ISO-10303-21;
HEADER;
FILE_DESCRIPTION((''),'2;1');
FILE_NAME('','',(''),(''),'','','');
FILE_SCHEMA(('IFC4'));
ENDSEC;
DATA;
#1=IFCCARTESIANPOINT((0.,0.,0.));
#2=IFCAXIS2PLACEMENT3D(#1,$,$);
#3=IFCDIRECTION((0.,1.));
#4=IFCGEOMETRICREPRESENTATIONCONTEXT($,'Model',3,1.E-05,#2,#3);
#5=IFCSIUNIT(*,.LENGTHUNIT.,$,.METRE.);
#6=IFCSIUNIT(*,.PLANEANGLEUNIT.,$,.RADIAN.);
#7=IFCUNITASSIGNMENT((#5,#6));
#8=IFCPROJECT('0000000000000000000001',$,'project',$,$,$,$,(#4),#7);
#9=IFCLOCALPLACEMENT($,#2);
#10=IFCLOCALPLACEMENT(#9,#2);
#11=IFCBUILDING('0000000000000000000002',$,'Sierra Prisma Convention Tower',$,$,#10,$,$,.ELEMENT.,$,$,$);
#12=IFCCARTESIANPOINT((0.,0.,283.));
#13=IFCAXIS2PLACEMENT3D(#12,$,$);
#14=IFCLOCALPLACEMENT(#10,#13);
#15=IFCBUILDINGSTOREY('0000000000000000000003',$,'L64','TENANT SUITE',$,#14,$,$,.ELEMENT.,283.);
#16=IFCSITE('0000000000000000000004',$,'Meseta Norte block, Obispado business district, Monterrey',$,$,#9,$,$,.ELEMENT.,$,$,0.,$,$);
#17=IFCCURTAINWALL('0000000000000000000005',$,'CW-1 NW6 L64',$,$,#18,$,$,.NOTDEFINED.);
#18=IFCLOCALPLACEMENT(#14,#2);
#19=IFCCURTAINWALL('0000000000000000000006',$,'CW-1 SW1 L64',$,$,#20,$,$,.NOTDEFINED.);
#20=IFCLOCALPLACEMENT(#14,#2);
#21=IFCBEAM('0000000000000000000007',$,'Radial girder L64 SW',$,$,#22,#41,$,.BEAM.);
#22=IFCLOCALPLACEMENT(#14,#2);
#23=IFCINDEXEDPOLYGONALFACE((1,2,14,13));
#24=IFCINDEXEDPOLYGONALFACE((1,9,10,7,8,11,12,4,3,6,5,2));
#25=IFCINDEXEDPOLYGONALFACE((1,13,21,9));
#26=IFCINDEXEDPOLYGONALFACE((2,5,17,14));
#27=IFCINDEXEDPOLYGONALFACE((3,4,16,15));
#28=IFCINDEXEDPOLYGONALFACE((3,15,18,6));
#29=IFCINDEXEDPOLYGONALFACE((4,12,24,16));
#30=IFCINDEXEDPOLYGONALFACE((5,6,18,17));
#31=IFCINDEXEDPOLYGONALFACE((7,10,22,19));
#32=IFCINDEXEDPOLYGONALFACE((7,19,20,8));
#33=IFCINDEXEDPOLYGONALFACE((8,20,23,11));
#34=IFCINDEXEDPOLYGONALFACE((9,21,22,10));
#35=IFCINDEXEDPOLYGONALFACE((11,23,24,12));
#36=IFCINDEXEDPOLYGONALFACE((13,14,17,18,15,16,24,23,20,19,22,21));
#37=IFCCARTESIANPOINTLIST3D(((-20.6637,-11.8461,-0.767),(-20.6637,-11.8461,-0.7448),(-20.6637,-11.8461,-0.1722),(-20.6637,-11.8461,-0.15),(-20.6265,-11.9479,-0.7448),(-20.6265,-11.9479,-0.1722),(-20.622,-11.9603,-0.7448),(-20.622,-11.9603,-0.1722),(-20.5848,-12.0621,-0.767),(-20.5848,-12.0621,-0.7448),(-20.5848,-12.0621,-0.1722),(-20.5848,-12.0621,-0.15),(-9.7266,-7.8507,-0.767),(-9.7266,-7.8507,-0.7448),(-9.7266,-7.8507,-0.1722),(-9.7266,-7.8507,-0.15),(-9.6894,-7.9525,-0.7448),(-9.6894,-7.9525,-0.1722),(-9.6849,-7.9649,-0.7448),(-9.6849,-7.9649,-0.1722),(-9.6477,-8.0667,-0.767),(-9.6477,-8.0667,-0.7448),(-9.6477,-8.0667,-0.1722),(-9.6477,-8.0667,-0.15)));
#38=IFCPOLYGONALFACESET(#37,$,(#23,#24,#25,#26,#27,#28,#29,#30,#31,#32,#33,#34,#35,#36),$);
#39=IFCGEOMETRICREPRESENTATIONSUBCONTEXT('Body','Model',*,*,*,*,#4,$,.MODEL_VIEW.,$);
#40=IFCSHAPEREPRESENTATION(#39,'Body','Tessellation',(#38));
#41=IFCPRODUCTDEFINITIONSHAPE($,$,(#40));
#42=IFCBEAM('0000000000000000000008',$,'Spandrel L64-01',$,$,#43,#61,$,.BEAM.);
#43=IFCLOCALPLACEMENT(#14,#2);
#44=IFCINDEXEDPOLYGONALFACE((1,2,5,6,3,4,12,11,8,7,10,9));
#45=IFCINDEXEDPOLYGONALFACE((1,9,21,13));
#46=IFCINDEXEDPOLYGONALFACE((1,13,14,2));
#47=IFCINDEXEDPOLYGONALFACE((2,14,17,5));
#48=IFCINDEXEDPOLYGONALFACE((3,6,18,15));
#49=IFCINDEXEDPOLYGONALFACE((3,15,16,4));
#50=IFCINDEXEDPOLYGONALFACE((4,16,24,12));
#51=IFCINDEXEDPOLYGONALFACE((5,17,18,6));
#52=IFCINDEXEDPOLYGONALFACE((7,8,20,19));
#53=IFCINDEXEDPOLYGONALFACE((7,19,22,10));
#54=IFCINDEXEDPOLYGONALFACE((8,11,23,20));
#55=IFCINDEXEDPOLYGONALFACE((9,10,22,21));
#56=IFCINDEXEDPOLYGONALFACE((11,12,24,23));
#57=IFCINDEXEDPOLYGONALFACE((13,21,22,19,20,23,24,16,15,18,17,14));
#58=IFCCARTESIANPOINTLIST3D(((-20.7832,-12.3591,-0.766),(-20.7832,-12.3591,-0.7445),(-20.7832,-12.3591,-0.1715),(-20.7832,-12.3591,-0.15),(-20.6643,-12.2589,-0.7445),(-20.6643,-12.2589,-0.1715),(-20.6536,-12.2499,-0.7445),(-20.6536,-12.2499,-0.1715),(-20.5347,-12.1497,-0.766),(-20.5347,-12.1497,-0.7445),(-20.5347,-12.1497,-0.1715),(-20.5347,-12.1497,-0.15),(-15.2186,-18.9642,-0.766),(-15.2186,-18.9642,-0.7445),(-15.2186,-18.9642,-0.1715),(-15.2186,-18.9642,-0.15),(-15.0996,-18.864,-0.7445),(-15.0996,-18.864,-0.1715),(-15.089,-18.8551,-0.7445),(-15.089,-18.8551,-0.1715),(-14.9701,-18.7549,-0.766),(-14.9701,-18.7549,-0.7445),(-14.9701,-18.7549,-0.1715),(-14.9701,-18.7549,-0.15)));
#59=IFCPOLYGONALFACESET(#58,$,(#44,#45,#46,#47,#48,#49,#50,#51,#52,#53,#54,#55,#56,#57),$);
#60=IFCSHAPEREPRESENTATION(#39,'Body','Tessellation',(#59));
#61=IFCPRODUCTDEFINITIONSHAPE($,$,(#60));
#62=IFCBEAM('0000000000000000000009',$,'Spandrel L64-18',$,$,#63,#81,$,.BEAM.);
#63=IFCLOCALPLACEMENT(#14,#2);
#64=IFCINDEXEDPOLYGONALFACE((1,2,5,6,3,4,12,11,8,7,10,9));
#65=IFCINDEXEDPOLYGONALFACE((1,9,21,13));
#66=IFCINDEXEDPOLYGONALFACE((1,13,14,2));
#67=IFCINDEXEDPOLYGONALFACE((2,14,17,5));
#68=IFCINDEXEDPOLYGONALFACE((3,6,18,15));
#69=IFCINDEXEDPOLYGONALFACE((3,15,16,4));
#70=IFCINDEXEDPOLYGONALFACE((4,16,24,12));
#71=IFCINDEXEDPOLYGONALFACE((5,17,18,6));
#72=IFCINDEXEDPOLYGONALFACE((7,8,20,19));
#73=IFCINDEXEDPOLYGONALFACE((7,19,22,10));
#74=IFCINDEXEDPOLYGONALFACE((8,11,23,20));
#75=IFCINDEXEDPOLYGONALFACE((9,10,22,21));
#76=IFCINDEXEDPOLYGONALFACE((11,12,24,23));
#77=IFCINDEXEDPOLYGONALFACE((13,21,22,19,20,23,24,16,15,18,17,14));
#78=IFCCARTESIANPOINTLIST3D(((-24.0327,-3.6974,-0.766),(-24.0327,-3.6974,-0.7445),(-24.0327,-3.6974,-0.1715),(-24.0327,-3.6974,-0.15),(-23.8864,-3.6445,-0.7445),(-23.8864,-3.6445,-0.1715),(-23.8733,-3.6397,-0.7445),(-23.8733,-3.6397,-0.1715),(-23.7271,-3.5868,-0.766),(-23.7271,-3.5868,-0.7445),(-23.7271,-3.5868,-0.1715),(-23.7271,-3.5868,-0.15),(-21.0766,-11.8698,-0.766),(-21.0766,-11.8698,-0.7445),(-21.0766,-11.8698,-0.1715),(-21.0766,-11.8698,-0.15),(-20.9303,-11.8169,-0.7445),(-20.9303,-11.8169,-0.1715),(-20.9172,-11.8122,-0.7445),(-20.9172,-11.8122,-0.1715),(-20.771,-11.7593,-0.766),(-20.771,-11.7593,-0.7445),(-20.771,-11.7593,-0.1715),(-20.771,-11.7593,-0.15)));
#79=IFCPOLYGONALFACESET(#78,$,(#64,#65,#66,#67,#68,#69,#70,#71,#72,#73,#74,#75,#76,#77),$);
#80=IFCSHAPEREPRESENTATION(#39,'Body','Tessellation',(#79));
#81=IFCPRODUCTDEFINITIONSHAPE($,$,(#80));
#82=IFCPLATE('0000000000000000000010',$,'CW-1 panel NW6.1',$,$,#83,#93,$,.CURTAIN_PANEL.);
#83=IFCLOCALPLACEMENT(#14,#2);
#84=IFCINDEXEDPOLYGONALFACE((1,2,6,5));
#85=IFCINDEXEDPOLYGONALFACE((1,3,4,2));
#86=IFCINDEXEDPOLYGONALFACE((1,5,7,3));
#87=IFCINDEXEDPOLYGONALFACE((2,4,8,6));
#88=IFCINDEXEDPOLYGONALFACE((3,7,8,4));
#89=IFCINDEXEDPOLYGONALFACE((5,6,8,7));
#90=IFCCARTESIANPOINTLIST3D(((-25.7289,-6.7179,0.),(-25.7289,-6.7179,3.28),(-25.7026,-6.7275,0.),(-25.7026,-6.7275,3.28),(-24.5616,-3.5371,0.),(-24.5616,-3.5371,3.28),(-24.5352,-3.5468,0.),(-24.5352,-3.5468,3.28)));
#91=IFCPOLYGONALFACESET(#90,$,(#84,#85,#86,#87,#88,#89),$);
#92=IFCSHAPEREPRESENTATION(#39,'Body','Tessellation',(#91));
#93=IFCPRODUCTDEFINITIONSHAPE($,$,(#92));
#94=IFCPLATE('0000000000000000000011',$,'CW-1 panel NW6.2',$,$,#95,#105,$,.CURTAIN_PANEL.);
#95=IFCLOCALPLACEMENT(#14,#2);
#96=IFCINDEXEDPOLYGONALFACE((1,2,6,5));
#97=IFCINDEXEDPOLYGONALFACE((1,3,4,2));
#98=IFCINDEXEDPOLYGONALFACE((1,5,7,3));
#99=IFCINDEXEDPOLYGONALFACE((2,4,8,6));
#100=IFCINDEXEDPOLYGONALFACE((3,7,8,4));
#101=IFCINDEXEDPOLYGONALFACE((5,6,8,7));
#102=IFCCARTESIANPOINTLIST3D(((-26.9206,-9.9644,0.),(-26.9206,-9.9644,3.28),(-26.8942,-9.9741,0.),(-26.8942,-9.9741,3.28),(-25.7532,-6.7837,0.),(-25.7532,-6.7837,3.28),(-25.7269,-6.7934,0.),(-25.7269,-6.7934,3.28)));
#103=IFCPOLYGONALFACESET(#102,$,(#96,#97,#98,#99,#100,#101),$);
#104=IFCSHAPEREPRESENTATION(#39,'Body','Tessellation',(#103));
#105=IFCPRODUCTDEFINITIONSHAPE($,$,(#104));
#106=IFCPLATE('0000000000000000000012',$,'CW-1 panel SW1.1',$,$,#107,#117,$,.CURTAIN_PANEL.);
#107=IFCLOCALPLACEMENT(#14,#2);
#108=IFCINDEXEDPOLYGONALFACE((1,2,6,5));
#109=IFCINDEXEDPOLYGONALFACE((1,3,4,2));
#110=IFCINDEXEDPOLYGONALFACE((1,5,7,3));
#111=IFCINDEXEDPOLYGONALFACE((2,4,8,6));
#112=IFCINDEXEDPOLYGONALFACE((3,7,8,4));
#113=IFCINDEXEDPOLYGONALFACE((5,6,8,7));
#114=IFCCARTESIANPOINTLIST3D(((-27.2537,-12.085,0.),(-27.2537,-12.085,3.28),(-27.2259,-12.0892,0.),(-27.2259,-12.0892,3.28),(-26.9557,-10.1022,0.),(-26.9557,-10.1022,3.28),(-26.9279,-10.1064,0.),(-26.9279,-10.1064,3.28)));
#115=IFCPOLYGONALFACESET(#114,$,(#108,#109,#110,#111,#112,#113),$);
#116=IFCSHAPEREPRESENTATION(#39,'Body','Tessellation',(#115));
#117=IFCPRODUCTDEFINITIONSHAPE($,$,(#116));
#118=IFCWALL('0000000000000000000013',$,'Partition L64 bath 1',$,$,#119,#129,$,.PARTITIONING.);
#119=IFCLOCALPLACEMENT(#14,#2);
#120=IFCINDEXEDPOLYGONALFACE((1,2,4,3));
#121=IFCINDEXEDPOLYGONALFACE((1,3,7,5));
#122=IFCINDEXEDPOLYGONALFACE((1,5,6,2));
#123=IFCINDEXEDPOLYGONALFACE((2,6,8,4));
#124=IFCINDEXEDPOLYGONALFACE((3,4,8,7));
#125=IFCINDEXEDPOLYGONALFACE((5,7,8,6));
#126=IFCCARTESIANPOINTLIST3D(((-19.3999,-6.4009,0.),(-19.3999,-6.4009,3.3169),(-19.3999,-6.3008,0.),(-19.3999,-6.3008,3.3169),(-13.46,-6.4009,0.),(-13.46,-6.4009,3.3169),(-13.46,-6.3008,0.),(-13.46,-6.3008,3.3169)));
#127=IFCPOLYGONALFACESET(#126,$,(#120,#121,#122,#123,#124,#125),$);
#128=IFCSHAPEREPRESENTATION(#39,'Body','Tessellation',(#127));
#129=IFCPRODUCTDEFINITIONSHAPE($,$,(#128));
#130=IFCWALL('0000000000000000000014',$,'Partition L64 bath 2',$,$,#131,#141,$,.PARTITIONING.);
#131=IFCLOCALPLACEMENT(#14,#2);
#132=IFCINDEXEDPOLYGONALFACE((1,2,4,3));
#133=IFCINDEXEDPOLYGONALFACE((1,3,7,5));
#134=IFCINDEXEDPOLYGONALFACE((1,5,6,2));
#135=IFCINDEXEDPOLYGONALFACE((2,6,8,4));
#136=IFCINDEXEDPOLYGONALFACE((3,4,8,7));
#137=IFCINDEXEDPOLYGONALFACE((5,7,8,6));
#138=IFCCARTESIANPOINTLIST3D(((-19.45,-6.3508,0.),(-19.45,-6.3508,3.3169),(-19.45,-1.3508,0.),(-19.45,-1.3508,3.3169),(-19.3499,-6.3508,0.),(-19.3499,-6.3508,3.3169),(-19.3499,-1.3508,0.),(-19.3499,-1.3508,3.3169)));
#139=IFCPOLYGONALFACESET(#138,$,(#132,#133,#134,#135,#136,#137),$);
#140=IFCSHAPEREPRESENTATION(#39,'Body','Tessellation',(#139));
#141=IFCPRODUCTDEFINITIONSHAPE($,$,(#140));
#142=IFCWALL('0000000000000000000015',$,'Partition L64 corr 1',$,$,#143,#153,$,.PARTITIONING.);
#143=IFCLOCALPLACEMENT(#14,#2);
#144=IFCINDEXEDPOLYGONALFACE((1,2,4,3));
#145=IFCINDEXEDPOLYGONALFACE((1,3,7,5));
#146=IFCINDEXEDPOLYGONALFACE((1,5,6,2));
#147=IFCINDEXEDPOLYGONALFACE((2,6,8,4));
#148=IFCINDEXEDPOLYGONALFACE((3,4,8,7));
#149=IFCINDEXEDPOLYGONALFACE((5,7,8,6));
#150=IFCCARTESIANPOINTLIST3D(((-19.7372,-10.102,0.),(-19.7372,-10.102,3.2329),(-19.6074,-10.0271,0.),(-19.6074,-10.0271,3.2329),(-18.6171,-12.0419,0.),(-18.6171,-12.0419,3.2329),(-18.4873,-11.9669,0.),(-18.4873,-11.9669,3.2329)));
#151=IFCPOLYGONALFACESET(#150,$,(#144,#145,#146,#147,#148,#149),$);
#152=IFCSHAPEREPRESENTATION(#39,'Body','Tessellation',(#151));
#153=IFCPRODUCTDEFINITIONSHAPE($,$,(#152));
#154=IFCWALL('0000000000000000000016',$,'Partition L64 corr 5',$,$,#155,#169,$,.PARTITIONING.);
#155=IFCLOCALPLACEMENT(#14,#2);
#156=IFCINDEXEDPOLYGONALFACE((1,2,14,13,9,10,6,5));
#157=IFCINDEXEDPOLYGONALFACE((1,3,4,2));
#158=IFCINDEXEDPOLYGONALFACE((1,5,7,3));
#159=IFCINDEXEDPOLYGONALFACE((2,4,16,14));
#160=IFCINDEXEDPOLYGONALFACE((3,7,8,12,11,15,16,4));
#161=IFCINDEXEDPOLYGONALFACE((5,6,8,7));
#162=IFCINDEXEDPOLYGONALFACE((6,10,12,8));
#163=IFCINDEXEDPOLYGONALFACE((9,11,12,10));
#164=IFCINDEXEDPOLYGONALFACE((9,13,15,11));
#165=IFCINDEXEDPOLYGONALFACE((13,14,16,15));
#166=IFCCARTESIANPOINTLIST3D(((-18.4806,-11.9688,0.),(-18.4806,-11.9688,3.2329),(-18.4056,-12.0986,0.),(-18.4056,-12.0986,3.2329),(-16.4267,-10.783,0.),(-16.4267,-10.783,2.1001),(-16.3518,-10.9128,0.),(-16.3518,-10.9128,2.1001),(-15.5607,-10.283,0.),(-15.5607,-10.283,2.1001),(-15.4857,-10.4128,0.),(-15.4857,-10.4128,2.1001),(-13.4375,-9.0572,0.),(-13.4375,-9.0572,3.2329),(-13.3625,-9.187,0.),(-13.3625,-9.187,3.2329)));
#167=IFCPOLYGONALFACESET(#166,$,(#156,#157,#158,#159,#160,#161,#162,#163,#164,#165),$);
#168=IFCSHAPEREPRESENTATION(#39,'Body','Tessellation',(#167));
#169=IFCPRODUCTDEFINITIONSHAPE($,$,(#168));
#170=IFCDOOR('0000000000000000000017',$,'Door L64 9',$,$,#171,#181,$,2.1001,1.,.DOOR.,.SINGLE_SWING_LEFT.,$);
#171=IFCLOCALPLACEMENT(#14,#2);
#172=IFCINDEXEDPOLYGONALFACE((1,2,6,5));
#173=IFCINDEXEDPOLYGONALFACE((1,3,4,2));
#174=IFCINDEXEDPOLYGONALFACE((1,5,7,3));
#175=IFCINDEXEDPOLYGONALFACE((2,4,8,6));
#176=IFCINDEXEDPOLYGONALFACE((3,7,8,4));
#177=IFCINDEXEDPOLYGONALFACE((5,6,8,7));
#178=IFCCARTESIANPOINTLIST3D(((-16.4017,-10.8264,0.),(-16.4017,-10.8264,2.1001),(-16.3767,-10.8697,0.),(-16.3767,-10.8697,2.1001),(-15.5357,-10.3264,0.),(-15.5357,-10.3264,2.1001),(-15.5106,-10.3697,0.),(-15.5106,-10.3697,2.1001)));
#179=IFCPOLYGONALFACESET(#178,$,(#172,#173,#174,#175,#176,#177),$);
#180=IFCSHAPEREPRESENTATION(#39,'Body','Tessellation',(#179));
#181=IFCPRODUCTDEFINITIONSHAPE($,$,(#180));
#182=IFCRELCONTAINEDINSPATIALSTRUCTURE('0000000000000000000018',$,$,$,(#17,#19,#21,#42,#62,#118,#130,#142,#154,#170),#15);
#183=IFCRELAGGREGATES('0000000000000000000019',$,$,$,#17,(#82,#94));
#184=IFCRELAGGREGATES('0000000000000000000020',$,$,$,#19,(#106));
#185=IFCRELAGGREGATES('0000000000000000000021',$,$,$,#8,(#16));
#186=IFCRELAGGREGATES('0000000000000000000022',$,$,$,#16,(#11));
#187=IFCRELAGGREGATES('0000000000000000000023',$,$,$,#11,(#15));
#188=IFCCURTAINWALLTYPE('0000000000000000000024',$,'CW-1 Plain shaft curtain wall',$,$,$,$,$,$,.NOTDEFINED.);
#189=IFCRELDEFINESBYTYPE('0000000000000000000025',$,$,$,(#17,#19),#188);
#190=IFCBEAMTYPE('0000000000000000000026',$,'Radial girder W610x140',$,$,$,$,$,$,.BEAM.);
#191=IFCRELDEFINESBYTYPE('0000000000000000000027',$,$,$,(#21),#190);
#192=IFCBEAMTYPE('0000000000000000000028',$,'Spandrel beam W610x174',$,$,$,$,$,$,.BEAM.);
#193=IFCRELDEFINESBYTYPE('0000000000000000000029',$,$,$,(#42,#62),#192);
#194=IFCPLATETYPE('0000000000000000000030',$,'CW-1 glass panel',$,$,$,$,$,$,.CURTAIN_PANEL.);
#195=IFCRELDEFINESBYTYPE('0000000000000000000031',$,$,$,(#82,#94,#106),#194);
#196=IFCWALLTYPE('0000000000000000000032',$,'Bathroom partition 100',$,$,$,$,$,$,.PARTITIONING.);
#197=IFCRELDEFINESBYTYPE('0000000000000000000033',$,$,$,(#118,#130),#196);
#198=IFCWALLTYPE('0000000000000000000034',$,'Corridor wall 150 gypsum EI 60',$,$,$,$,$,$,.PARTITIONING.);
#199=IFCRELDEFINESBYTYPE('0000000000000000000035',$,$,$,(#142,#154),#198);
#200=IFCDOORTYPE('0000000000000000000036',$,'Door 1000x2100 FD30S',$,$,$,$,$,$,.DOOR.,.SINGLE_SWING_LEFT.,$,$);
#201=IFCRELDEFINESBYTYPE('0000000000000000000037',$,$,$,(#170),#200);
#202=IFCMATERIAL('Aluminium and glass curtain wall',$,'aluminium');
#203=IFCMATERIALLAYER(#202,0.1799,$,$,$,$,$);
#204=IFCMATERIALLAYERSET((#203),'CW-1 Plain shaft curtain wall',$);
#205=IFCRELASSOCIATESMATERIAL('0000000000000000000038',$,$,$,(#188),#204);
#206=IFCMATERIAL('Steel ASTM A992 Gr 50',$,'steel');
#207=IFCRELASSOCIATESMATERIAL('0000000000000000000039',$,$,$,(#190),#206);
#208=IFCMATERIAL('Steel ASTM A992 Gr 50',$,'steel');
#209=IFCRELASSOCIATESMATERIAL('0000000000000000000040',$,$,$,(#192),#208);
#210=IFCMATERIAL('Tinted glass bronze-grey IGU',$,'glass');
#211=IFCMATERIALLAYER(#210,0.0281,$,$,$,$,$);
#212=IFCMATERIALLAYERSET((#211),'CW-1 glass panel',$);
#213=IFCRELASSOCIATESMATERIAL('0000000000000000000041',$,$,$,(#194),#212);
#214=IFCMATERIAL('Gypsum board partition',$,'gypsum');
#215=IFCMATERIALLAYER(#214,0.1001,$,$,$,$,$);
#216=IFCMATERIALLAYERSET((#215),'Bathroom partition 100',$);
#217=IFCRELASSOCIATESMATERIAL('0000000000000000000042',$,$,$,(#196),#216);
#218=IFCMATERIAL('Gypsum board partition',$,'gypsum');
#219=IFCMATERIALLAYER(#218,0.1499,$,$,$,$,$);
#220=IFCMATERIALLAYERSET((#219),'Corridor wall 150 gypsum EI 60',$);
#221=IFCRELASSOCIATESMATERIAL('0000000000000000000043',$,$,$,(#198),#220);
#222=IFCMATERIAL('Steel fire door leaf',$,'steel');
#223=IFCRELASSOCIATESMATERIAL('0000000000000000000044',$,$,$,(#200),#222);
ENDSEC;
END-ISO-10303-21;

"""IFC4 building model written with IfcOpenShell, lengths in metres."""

from ifc_helpers import new_model, si_unit, direction, frame, frame_2d, origin, origin_2d, place, context, subcontext, project, spatial, rectangle, i_section, extrude, material, layer, layer_set, material_profile, profile_set, type_object, element, fill, aggregate, save


model = new_model("IFC4")

# Units and contexts
model_context = context("Model", 3, precision=1e-05, world=origin(), true_north=direction((0.0, 1.0)))
body_context = subcontext(model_context, "Body", "Model", "MODEL_VIEW")
ifc_project = project(units=[si_unit("LENGTHUNIT", "METRE"), si_unit("PLANEANGLEUNIT", "RADIAN")], contexts=[model_context])

# Site, building, storey
site_placement = place(None, origin())
site = spatial("IfcSite", under=ifc_project, at=site_placement, Name="Meseta Norte block, Obispado business district, Monterrey", CompositionType="ELEMENT", RefElevation=0.0)
building_placement = place(site_placement, origin())
building = spatial("IfcBuilding", under=site, at=building_placement, Name="Sierra Prisma Convention Tower", CompositionType="ELEMENT")
storey_placement = place(building_placement, frame((0.0, 0.0, 283.0)))
storey = spatial("IfcBuildingStorey", under=building, at=storey_placement, Name="L64", Description="TENANT SUITE", CompositionType="ELEMENT", Elevation=283.0)

# Curtain walls
ifc_material_1 = material(Name="Aluminium and glass curtain wall", Category="aluminium")
ifc_layer_1 = layer(ifc_material_1, 0.1799)
ifc_layer_set_1 = layer_set([ifc_layer_1], Name="CW-1 Plain shaft curtain wall")
curtain_wall_type = type_object("IfcCurtainWallType", Name="CW-1 Plain shaft curtain wall", PredefinedType="NOTDEFINED", material=ifc_layer_set_1)
curtain_wall_1_placement = place(storey_placement, origin())
curtain_wall_1 = element("IfcCurtainWall", 1, at=curtain_wall_1_placement, inside=storey, type_object=curtain_wall_type, Name="CW-1 NW6 L64", PredefinedType="NOTDEFINED")
curtain_wall_2_placement = place(storey_placement, origin())
curtain_wall_2 = element("IfcCurtainWall", 2, at=curtain_wall_2_placement, inside=storey, type_object=curtain_wall_type, Name="CW-1 SW1 L64", PredefinedType="NOTDEFINED")

# Beams
ifc_material_2 = material(Name="Steel ASTM A992 Gr 50", Category="steel")
ifc_material_profile_1 = material_profile(ifc_material_2, i_section(OverallWidth=0.23, OverallDepth=0.6169, WebThickness=0.0132, FlangeThickness=0.0222, at=origin_2d()), Name="W610x140")
ifc_profile_set_1 = profile_set([ifc_material_profile_1], Name="Steel ASTM A992 Gr 50")
beam_type_1 = type_object("IfcBeamType", Name="Radial girder W610x140", PredefinedType="BEAM", material=ifc_profile_set_1)
beam_1_placement = place(storey_placement, frame((-20.6243, -11.9541, -0.4585), z_axis=(0.939289, 0.343128, 0.0), x_axis=(-0.343128, 0.939289, 0.0)))
element("IfcBeam", 3, at=beam_1_placement, inside=storey, type_object=beam_type_1, Name="Radial girder L64 SW", PredefinedType="BEAM", context=body_context, shape_type="SweptSolid", body=[
    extrude(i_section(OverallWidth=0.23, OverallDepth=0.6169, WebThickness=0.0132, FlangeThickness=0.0222, at=origin_2d()), origin(), (0.0, 0.0, 1.0), 11.644),
])
ifc_material_3 = material(Name="Steel ASTM A992 Gr 50", Category="steel")
ifc_material_profile_2 = material_profile(ifc_material_3, i_section(OverallWidth=0.325, OverallDepth=0.616, WebThickness=0.0139, FlangeThickness=0.0215, at=origin_2d()), Name="W610x174")
ifc_profile_set_2 = profile_set([ifc_material_profile_2], Name="Steel ASTM A992 Gr 50")
beam_type_2 = type_object("IfcBeamType", Name="Spandrel beam W610x174", PredefinedType="BEAM", material=ifc_profile_set_2)
beam_2_placement = place(storey_placement, frame((-20.6589, -12.2544, -0.458), z_axis=(0.644299, -0.764774, 0.0), x_axis=(0.764774, 0.644299, 0.0)))
element("IfcBeam", 4, at=beam_2_placement, inside=storey, type_object=beam_type_2, Name="Spandrel L64-01", PredefinedType="BEAM", context=body_context, shape_type="SweptSolid", body=[
    extrude(i_section(OverallWidth=0.325, OverallDepth=0.616, WebThickness=0.0139, FlangeThickness=0.0215, at=origin_2d()), origin(), (0.0, 0.0, 1.0), 8.6367),
])
beam_3_placement = place(storey_placement, frame((-23.8799, -3.6421, -0.458), z_axis=(0.340146, -0.940373, 0.0), x_axis=(0.940373, 0.340146, 0.0)))
element("IfcBeam", 5, at=beam_3_placement, inside=storey, type_object=beam_type_2, Name="Spandrel L64-18", PredefinedType="BEAM", context=body_context, shape_type="SweptSolid", body=[
    extrude(i_section(OverallWidth=0.325, OverallDepth=0.616, WebThickness=0.0139, FlangeThickness=0.0215, at=origin_2d()), origin(), (0.0, 0.0, 1.0), 8.6907),
])

# Plates
ifc_material_4 = material(Name="Tinted glass bronze-grey IGU", Category="glass")
ifc_layer_2 = layer(ifc_material_4, 0.0281)
ifc_layer_set_2 = layer_set([ifc_layer_2], Name="CW-1 glass panel")
plate_type = type_object("IfcPlateType", Name="CW-1 glass panel", PredefinedType="CURTAIN_PANEL", material=ifc_layer_set_2)
plate_1_placement = place(storey_placement, frame((-25.1321, -5.1323, 0.0), z_axis=(0.0, 0.0, 1.0), x_axis=(-0.344536, -0.938773, 0.0)))
plate_1 = element("IfcPlate", 6, at=plate_1_placement, type_object=plate_type, Name="CW-1 panel NW6.1", PredefinedType="CURTAIN_PANEL", context=body_context, shape_type="SweptSolid", body=[
    extrude(rectangle(XDim=3.3882, YDim=0.0281, at=origin_2d()), origin(), (0.0, 0.0, 1.0), 3.28),
])
plate_2_placement = place(storey_placement, frame((-26.3237, -8.3789, 0.0), z_axis=(0.0, 0.0, 1.0), x_axis=(-0.344536, -0.938773, 0.0)))
plate_2 = element("IfcPlate", 7, at=plate_2_placement, type_object=plate_type, Name="CW-1 panel NW6.2", PredefinedType="CURTAIN_PANEL", context=body_context, shape_type="SweptSolid", body=[
    extrude(rectangle(XDim=3.3882, YDim=0.0281, at=origin_2d()), origin(), (0.0, 0.0, 1.0), 3.28),
])
aggregate(curtain_wall_1, [plate_1, plate_2])
plate_3_placement = place(storey_placement, frame((-27.0908, -11.0957, 0.0), z_axis=(0.0, 0.0, 1.0), x_axis=(-0.148627, -0.988893, 0.0)))
plate_3 = element("IfcPlate", 8, at=plate_3_placement, type_object=plate_type, Name="CW-1 panel SW1.1", PredefinedType="CURTAIN_PANEL", context=body_context, shape_type="SweptSolid", body=[
    extrude(rectangle(XDim=2.0051, YDim=0.0281, at=origin_2d()), origin(), (0.0, 0.0, 1.0), 3.28),
])
aggregate(curtain_wall_2, [plate_3])

# Walls
ifc_material_5 = material(Name="Gypsum board partition", Category="gypsum")
ifc_layer_3 = layer(ifc_material_5, 0.1001)
ifc_layer_set_3 = layer_set([ifc_layer_3], Name="Bathroom partition 100")
wall_type_1 = type_object("IfcWallType", Name="Bathroom partition 100", PredefinedType="PARTITIONING", material=ifc_layer_set_3)
wall_1_placement = place(storey_placement, frame((-13.46, -6.3508, 0.0), z_axis=(0.0, 0.0, 1.0), x_axis=(-1.0, 0.0, 0.0)))
element("IfcWall", 9, at=wall_1_placement, inside=storey, type_object=wall_type_1, Name="Partition L64 bath 1", PredefinedType="PARTITIONING", context=body_context, shape_type="SweptSolid", body=[
    extrude(rectangle(XDim=5.9399, YDim=0.1001, at=frame_2d((2.97, 0.0))), origin(), (0.0, 0.0, 1.0), 3.3169),
])
wall_2_placement = place(storey_placement, frame((-19.3999, -6.3508, 0.0), z_axis=(0.0, 0.0, 1.0), x_axis=(0.0, 1.0, 0.0)))
element("IfcWall", 10, at=wall_2_placement, inside=storey, type_object=wall_type_1, Name="Partition L64 bath 2", PredefinedType="PARTITIONING", context=body_context, shape_type="SweptSolid", body=[
    extrude(rectangle(XDim=5.0, YDim=0.1001, at=frame_2d((2.5, 0.0))), origin(), (0.0, 0.0, 1.0), 3.3169),
])
ifc_material_6 = material(Name="Gypsum board partition", Category="gypsum")
ifc_layer_4 = layer(ifc_material_6, 0.1499)
ifc_layer_set_4 = layer_set([ifc_layer_4], Name="Corridor wall 150 gypsum EI 60")
wall_type_2 = type_object("IfcWallType", Name="Corridor wall 150 gypsum EI 60", PredefinedType="PARTITIONING", material=ifc_layer_set_4)
wall_3_placement = place(storey_placement, frame((-19.6724, -10.0645, 0.0), z_axis=(0.0, 0.0, 1.0), x_axis=(0.500031, -0.866008, 0.0)))
element("IfcWall", 11, at=wall_3_placement, inside=storey, type_object=wall_type_2, Name="Partition L64 corr 1", PredefinedType="PARTITIONING", context=body_context, shape_type="SweptSolid", body=[
    extrude(rectangle(XDim=2.24, YDim=0.1499, at=frame_2d((1.1201, 0.0))), origin(), (0.0, 0.0, 1.0), 3.2329),
])

# Wall, opening, door
wall_4_placement = place(storey_placement, frame((-18.4431, -12.0337, 0.0), z_axis=(0.0, 0.0, 1.0), x_axis=(0.866031, 0.49999, 0.0)))
wall_4 = element("IfcWall", 12, at=wall_4_placement, inside=storey, type_object=wall_type_2, Name="Partition L64 corr 5", PredefinedType="PARTITIONING", context=body_context, shape_type="SweptSolid", body=[
    extrude(rectangle(XDim=5.8232, YDim=0.1499, at=frame_2d((2.9116, 0.0))), origin(), (0.0, 0.0, 1.0), 3.2329),
])
opening_placement = place(wall_4_placement, frame((2.3716, 0.0, 0.0)))
opening = element("IfcOpeningElement", 13, at=opening_placement, cuts=wall_4, PredefinedType="OPENING", context=body_context, shape_type="SweptSolid", body=[
    extrude(rectangle(XDim=1.0, YDim=2.1001, at=frame_2d((0.5, 1.05))), frame((0.0, 0.075, 0.0), z_axis=(0.0, -1.0, 0.0), x_axis=(1.0, 0.0, 0.0)), (0.0, 0.0, 1.0), 0.1499),
])
ifc_material_7 = material(Name="Steel fire door leaf", Category="steel")
door_type = type_object("IfcDoorType", Name="Door 1000x2100 FD30S", OperationType="SINGLE_SWING_LEFT", PredefinedType="DOOR", material=ifc_material_7)
door_placement = place(opening_placement, origin())
door = element("IfcDoor", 14, at=door_placement, inside=storey, type_object=door_type, Name="Door L64 9", OperationType="SINGLE_SWING_LEFT", OverallHeight=2.1001, OverallWidth=1.0, PredefinedType="DOOR", context=body_context, shape_type="SweptSolid", body=[
    extrude(rectangle(XDim=1.0, YDim=2.1001, at=frame_2d((0.5, 1.05))), frame((0.0, 0.0249, 0.0), z_axis=(0.0, -1.0, 0.0), x_axis=(1.0, 0.0, 0.0)), (0.0, 0.0, 1.0), 0.05),
])
fill(opening, door)

save(model, "model.ifc")
